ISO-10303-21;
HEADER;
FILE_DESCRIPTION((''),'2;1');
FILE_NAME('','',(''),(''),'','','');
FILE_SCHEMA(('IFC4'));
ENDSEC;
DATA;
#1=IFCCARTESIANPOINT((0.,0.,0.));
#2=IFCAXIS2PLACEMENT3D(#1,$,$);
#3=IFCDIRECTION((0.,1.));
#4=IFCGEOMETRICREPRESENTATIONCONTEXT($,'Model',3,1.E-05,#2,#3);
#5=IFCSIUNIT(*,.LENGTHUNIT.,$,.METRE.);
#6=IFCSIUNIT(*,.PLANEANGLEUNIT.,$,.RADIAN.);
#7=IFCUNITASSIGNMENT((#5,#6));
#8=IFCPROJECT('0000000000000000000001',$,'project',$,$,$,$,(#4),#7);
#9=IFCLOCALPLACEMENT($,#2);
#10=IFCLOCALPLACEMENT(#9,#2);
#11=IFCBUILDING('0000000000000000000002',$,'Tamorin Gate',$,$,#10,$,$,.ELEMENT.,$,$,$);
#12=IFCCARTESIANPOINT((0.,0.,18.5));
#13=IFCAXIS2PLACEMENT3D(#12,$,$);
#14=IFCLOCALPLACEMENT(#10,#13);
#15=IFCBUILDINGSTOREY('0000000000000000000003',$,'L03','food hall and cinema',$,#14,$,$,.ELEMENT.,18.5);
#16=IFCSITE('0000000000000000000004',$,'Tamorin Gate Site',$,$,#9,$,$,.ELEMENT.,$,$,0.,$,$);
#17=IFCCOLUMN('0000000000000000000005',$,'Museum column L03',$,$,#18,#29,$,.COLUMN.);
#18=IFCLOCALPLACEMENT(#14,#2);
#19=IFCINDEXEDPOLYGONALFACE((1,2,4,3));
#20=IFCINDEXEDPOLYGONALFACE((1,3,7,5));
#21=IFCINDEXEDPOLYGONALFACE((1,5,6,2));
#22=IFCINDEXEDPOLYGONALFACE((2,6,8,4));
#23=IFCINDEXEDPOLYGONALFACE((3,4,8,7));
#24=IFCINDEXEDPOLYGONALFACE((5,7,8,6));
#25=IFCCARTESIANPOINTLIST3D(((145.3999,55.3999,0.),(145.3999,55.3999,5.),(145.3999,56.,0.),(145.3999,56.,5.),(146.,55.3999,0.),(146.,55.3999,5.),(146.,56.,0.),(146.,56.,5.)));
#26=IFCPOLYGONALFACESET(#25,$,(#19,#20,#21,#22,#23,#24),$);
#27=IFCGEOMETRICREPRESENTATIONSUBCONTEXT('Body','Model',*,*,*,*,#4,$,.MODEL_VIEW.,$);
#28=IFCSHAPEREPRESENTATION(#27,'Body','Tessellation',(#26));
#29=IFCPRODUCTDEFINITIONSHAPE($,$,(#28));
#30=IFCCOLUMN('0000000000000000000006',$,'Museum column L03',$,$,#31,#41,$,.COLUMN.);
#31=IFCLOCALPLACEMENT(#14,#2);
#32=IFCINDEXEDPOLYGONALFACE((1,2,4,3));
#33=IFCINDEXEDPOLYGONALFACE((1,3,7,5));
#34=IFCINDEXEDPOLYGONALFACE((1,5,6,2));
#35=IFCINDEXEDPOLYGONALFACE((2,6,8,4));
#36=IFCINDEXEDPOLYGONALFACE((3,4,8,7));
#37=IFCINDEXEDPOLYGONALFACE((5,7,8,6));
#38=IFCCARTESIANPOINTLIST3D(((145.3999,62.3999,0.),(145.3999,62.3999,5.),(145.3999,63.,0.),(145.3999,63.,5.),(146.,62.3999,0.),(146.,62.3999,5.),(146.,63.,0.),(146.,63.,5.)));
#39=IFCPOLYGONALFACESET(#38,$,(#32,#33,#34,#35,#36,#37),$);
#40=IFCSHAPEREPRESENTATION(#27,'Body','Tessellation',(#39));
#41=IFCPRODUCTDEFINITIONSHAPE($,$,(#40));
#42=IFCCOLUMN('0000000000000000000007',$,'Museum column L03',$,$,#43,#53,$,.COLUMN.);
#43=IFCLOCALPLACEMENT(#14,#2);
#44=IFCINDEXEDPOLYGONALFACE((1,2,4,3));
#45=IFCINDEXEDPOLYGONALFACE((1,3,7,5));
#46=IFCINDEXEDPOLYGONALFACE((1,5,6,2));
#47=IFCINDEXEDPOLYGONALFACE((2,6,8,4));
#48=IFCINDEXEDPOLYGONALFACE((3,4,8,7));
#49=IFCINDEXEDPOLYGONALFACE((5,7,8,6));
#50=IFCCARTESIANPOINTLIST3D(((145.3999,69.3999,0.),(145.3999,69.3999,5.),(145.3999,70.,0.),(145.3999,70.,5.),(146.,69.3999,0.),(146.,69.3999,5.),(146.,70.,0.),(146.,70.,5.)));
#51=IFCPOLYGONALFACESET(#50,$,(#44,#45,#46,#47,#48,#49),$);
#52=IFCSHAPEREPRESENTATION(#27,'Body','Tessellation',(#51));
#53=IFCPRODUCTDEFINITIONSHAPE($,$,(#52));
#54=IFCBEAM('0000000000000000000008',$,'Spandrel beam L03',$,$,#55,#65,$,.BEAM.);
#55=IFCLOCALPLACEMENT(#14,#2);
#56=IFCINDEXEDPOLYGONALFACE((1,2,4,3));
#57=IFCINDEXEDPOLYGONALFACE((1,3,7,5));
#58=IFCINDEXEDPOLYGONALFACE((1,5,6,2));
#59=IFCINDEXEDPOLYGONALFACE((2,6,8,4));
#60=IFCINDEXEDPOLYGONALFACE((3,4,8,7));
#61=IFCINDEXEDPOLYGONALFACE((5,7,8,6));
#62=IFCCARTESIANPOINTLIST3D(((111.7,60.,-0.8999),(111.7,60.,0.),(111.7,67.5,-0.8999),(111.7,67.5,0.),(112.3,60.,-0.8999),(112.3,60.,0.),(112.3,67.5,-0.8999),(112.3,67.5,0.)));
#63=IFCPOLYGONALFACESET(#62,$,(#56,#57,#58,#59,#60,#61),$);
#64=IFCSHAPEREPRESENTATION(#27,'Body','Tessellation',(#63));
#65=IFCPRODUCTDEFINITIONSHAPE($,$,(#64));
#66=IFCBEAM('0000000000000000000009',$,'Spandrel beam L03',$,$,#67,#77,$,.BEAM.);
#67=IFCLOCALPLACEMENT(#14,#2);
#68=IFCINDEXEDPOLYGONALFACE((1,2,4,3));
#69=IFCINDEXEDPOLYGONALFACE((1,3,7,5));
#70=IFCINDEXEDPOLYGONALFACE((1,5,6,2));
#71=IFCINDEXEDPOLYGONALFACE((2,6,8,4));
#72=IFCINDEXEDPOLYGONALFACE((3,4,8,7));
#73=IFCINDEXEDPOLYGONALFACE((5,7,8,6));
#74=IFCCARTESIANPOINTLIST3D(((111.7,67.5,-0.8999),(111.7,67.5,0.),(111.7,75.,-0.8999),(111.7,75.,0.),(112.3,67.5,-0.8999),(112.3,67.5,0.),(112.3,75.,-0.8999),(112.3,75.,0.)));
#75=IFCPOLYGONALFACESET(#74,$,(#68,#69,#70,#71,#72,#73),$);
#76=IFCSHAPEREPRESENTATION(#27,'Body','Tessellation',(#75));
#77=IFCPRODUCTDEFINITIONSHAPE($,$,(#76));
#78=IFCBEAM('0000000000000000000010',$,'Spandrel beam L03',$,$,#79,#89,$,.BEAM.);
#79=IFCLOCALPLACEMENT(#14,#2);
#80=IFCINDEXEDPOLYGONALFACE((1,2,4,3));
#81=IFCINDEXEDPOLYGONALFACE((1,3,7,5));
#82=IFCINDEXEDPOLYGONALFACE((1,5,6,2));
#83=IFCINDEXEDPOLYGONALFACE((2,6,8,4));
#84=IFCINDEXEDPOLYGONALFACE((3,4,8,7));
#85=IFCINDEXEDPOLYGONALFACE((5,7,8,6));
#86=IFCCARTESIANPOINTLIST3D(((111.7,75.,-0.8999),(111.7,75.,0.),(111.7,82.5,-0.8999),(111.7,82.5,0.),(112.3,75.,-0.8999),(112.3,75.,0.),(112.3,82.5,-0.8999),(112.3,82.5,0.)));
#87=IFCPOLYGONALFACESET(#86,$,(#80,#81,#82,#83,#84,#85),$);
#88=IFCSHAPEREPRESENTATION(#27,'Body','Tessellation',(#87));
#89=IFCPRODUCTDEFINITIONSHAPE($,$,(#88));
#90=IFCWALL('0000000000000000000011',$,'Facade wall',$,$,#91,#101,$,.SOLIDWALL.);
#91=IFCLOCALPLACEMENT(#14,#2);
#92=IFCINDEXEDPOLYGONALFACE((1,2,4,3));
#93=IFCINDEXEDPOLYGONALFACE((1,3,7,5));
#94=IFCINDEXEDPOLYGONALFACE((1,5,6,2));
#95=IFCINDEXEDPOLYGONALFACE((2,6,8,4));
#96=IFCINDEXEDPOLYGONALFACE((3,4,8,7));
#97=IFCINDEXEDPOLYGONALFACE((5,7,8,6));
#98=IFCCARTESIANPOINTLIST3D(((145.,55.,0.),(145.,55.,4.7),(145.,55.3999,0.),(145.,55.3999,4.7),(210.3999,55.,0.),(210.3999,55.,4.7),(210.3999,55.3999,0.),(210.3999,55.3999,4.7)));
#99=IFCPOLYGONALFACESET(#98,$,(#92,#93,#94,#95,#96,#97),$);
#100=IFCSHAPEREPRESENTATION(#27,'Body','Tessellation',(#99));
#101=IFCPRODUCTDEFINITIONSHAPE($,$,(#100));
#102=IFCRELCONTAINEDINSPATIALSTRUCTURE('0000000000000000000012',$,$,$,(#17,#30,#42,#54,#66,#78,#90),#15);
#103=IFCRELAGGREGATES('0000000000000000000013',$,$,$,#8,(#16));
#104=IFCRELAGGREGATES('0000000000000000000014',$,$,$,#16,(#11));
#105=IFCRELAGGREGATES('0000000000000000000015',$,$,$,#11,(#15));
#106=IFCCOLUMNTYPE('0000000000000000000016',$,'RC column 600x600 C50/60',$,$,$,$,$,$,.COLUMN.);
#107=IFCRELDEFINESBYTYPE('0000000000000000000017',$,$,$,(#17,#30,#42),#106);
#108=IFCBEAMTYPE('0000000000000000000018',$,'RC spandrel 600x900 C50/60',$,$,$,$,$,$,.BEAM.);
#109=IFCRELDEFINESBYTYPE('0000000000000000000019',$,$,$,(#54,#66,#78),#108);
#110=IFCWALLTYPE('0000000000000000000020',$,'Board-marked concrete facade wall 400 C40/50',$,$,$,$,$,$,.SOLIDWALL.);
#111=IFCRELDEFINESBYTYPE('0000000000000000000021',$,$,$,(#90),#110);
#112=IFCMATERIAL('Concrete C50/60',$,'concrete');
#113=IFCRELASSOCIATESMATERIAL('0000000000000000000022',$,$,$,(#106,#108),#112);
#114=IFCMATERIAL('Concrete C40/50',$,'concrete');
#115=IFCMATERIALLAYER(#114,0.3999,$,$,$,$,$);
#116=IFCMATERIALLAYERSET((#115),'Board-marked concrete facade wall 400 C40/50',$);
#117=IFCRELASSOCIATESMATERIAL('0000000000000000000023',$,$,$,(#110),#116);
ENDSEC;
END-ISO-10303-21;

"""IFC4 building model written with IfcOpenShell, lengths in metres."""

from ifc_helpers import new_model, si_unit, direction, frame, frame_2d, origin, origin_2d, place, context, subcontext, project, spatial, rectangle, extrude, material, layer, layer_set, material_profile, profile_set, type_object, element, save


model = new_model("IFC4")

# Units and contexts
model_context = context("Model", 3, precision=1e-05, world=origin(), true_north=direction((0.0, 1.0)))
body_context = subcontext(model_context, "Body", "Model", "MODEL_VIEW")
ifc_project = project(units=[si_unit("LENGTHUNIT", "METRE"), si_unit("PLANEANGLEUNIT", "RADIAN")], contexts=[model_context])

# Site, building, storey
site_placement = place(None, origin())
site = spatial("IfcSite", under=ifc_project, at=site_placement, Name="Tamorin Gate Site", CompositionType="ELEMENT", RefElevation=0.0)
building_placement = place(site_placement, origin())
building = spatial("IfcBuilding", under=site, at=building_placement, Name="Tamorin Gate", CompositionType="ELEMENT")
storey_placement = place(building_placement, frame((0.0, 0.0, 18.5)))
storey = spatial("IfcBuildingStorey", under=building, at=storey_placement, Name="L03", Description="food hall and cinema", CompositionType="ELEMENT", Elevation=18.5)

# Columns
ifc_material_1 = material(Name="Concrete C50/60", Category="concrete")
ifc_material_profile_1 = material_profile(ifc_material_1, rectangle(XDim=0.6001, YDim=0.6001, at=origin_2d()))
ifc_profile_set_1 = profile_set([ifc_material_profile_1], Name="Concrete C50/60")
column_type = type_object("IfcColumnType", Name="RC column 600x600 C50/60", PredefinedType="COLUMN", material=ifc_profile_set_1)
for number, where, z_axis, x_axis, name in (
    (1, (145.7, 55.7, 0.0), (0.0, 0.0, 1.0), (1.0, 0.0, 0.0), "Museum column L03"),
    (2, (145.7, 62.7, 0.0), (0.0, 0.0, 1.0), (1.0, 0.0, 0.0), "Museum column L03"),
    (3, (145.7, 69.7, 0.0), (0.0, 0.0, 1.0), (1.0, 0.0, 0.0), "Museum column L03"),
):
    element("IfcColumn", number, at=place(storey_placement, frame(where, z_axis=z_axis, x_axis=x_axis)), inside=storey, type_object=column_type, Name=name, PredefinedType="COLUMN", context=body_context, shape_type="SweptSolid", body=[
        extrude(rectangle(XDim=0.6001, YDim=0.6001, at=origin_2d()), origin(), (0.0, 0.0, 1.0), 5.0),
    ])

# Beams
ifc_material_profile_2 = material_profile(ifc_material_1, rectangle(XDim=0.6001, YDim=0.8999, at=origin_2d()), Name="RC 600x900")
ifc_profile_set_2 = profile_set([ifc_material_profile_2], Name="Concrete C50/60")
beam_type = type_object("IfcBeamType", Name="RC spandrel 600x900 C50/60", PredefinedType="BEAM", material=ifc_profile_set_2)
for number, where, z_axis, x_axis, name in (
    (4, (112.0, 60.0, -0.45), (0.0, 1.0, 0.0), (-1.0, 0.0, 0.0), "Spandrel beam L03"),
    (5, (112.0, 67.5, -0.45), (0.0, 1.0, 0.0), (-1.0, 0.0, 0.0), "Spandrel beam L03"),
    (6, (112.0, 75.0, -0.45), (0.0, 1.0, 0.0), (-1.0, 0.0, 0.0), "Spandrel beam L03"),
):
    element("IfcBeam", number, at=place(storey_placement, frame(where, z_axis=z_axis, x_axis=x_axis)), inside=storey, type_object=beam_type, Name=name, PredefinedType="BEAM", context=body_context, shape_type="SweptSolid", body=[
        extrude(rectangle(XDim=0.6001, YDim=0.8999, at=origin_2d()), origin(), (0.0, 0.0, 1.0), 7.5),
    ])

# Wall
ifc_material_2 = material(Name="Concrete C40/50", Category="concrete")
ifc_layer_1 = layer(ifc_material_2, 0.3999)
ifc_layer_set_1 = layer_set([ifc_layer_1], Name="Board-marked concrete facade wall 400 C40/50")
wall_type_1 = type_object("IfcWallType", Name="Board-marked concrete facade wall 400 C40/50", PredefinedType="SOLIDWALL", material=ifc_layer_set_1)
wall_1_placement = place(storey_placement, frame((145.0, 55.2, 0.0), z_axis=(0.0, 0.0, 1.0), x_axis=(1.0, 0.0, 0.0)))
element("IfcWall", 7, at=wall_1_placement, inside=storey, type_object=wall_type_1, Name="Facade wall", PredefinedType="SOLIDWALL", context=body_context, shape_type="SweptSolid", body=[
    extrude(rectangle(XDim=65.3999, YDim=0.3999, at=frame_2d((32.7, 0.0))), origin(), (0.0, 0.0, 1.0), 4.7),
])

save(model, "model.ifc")
